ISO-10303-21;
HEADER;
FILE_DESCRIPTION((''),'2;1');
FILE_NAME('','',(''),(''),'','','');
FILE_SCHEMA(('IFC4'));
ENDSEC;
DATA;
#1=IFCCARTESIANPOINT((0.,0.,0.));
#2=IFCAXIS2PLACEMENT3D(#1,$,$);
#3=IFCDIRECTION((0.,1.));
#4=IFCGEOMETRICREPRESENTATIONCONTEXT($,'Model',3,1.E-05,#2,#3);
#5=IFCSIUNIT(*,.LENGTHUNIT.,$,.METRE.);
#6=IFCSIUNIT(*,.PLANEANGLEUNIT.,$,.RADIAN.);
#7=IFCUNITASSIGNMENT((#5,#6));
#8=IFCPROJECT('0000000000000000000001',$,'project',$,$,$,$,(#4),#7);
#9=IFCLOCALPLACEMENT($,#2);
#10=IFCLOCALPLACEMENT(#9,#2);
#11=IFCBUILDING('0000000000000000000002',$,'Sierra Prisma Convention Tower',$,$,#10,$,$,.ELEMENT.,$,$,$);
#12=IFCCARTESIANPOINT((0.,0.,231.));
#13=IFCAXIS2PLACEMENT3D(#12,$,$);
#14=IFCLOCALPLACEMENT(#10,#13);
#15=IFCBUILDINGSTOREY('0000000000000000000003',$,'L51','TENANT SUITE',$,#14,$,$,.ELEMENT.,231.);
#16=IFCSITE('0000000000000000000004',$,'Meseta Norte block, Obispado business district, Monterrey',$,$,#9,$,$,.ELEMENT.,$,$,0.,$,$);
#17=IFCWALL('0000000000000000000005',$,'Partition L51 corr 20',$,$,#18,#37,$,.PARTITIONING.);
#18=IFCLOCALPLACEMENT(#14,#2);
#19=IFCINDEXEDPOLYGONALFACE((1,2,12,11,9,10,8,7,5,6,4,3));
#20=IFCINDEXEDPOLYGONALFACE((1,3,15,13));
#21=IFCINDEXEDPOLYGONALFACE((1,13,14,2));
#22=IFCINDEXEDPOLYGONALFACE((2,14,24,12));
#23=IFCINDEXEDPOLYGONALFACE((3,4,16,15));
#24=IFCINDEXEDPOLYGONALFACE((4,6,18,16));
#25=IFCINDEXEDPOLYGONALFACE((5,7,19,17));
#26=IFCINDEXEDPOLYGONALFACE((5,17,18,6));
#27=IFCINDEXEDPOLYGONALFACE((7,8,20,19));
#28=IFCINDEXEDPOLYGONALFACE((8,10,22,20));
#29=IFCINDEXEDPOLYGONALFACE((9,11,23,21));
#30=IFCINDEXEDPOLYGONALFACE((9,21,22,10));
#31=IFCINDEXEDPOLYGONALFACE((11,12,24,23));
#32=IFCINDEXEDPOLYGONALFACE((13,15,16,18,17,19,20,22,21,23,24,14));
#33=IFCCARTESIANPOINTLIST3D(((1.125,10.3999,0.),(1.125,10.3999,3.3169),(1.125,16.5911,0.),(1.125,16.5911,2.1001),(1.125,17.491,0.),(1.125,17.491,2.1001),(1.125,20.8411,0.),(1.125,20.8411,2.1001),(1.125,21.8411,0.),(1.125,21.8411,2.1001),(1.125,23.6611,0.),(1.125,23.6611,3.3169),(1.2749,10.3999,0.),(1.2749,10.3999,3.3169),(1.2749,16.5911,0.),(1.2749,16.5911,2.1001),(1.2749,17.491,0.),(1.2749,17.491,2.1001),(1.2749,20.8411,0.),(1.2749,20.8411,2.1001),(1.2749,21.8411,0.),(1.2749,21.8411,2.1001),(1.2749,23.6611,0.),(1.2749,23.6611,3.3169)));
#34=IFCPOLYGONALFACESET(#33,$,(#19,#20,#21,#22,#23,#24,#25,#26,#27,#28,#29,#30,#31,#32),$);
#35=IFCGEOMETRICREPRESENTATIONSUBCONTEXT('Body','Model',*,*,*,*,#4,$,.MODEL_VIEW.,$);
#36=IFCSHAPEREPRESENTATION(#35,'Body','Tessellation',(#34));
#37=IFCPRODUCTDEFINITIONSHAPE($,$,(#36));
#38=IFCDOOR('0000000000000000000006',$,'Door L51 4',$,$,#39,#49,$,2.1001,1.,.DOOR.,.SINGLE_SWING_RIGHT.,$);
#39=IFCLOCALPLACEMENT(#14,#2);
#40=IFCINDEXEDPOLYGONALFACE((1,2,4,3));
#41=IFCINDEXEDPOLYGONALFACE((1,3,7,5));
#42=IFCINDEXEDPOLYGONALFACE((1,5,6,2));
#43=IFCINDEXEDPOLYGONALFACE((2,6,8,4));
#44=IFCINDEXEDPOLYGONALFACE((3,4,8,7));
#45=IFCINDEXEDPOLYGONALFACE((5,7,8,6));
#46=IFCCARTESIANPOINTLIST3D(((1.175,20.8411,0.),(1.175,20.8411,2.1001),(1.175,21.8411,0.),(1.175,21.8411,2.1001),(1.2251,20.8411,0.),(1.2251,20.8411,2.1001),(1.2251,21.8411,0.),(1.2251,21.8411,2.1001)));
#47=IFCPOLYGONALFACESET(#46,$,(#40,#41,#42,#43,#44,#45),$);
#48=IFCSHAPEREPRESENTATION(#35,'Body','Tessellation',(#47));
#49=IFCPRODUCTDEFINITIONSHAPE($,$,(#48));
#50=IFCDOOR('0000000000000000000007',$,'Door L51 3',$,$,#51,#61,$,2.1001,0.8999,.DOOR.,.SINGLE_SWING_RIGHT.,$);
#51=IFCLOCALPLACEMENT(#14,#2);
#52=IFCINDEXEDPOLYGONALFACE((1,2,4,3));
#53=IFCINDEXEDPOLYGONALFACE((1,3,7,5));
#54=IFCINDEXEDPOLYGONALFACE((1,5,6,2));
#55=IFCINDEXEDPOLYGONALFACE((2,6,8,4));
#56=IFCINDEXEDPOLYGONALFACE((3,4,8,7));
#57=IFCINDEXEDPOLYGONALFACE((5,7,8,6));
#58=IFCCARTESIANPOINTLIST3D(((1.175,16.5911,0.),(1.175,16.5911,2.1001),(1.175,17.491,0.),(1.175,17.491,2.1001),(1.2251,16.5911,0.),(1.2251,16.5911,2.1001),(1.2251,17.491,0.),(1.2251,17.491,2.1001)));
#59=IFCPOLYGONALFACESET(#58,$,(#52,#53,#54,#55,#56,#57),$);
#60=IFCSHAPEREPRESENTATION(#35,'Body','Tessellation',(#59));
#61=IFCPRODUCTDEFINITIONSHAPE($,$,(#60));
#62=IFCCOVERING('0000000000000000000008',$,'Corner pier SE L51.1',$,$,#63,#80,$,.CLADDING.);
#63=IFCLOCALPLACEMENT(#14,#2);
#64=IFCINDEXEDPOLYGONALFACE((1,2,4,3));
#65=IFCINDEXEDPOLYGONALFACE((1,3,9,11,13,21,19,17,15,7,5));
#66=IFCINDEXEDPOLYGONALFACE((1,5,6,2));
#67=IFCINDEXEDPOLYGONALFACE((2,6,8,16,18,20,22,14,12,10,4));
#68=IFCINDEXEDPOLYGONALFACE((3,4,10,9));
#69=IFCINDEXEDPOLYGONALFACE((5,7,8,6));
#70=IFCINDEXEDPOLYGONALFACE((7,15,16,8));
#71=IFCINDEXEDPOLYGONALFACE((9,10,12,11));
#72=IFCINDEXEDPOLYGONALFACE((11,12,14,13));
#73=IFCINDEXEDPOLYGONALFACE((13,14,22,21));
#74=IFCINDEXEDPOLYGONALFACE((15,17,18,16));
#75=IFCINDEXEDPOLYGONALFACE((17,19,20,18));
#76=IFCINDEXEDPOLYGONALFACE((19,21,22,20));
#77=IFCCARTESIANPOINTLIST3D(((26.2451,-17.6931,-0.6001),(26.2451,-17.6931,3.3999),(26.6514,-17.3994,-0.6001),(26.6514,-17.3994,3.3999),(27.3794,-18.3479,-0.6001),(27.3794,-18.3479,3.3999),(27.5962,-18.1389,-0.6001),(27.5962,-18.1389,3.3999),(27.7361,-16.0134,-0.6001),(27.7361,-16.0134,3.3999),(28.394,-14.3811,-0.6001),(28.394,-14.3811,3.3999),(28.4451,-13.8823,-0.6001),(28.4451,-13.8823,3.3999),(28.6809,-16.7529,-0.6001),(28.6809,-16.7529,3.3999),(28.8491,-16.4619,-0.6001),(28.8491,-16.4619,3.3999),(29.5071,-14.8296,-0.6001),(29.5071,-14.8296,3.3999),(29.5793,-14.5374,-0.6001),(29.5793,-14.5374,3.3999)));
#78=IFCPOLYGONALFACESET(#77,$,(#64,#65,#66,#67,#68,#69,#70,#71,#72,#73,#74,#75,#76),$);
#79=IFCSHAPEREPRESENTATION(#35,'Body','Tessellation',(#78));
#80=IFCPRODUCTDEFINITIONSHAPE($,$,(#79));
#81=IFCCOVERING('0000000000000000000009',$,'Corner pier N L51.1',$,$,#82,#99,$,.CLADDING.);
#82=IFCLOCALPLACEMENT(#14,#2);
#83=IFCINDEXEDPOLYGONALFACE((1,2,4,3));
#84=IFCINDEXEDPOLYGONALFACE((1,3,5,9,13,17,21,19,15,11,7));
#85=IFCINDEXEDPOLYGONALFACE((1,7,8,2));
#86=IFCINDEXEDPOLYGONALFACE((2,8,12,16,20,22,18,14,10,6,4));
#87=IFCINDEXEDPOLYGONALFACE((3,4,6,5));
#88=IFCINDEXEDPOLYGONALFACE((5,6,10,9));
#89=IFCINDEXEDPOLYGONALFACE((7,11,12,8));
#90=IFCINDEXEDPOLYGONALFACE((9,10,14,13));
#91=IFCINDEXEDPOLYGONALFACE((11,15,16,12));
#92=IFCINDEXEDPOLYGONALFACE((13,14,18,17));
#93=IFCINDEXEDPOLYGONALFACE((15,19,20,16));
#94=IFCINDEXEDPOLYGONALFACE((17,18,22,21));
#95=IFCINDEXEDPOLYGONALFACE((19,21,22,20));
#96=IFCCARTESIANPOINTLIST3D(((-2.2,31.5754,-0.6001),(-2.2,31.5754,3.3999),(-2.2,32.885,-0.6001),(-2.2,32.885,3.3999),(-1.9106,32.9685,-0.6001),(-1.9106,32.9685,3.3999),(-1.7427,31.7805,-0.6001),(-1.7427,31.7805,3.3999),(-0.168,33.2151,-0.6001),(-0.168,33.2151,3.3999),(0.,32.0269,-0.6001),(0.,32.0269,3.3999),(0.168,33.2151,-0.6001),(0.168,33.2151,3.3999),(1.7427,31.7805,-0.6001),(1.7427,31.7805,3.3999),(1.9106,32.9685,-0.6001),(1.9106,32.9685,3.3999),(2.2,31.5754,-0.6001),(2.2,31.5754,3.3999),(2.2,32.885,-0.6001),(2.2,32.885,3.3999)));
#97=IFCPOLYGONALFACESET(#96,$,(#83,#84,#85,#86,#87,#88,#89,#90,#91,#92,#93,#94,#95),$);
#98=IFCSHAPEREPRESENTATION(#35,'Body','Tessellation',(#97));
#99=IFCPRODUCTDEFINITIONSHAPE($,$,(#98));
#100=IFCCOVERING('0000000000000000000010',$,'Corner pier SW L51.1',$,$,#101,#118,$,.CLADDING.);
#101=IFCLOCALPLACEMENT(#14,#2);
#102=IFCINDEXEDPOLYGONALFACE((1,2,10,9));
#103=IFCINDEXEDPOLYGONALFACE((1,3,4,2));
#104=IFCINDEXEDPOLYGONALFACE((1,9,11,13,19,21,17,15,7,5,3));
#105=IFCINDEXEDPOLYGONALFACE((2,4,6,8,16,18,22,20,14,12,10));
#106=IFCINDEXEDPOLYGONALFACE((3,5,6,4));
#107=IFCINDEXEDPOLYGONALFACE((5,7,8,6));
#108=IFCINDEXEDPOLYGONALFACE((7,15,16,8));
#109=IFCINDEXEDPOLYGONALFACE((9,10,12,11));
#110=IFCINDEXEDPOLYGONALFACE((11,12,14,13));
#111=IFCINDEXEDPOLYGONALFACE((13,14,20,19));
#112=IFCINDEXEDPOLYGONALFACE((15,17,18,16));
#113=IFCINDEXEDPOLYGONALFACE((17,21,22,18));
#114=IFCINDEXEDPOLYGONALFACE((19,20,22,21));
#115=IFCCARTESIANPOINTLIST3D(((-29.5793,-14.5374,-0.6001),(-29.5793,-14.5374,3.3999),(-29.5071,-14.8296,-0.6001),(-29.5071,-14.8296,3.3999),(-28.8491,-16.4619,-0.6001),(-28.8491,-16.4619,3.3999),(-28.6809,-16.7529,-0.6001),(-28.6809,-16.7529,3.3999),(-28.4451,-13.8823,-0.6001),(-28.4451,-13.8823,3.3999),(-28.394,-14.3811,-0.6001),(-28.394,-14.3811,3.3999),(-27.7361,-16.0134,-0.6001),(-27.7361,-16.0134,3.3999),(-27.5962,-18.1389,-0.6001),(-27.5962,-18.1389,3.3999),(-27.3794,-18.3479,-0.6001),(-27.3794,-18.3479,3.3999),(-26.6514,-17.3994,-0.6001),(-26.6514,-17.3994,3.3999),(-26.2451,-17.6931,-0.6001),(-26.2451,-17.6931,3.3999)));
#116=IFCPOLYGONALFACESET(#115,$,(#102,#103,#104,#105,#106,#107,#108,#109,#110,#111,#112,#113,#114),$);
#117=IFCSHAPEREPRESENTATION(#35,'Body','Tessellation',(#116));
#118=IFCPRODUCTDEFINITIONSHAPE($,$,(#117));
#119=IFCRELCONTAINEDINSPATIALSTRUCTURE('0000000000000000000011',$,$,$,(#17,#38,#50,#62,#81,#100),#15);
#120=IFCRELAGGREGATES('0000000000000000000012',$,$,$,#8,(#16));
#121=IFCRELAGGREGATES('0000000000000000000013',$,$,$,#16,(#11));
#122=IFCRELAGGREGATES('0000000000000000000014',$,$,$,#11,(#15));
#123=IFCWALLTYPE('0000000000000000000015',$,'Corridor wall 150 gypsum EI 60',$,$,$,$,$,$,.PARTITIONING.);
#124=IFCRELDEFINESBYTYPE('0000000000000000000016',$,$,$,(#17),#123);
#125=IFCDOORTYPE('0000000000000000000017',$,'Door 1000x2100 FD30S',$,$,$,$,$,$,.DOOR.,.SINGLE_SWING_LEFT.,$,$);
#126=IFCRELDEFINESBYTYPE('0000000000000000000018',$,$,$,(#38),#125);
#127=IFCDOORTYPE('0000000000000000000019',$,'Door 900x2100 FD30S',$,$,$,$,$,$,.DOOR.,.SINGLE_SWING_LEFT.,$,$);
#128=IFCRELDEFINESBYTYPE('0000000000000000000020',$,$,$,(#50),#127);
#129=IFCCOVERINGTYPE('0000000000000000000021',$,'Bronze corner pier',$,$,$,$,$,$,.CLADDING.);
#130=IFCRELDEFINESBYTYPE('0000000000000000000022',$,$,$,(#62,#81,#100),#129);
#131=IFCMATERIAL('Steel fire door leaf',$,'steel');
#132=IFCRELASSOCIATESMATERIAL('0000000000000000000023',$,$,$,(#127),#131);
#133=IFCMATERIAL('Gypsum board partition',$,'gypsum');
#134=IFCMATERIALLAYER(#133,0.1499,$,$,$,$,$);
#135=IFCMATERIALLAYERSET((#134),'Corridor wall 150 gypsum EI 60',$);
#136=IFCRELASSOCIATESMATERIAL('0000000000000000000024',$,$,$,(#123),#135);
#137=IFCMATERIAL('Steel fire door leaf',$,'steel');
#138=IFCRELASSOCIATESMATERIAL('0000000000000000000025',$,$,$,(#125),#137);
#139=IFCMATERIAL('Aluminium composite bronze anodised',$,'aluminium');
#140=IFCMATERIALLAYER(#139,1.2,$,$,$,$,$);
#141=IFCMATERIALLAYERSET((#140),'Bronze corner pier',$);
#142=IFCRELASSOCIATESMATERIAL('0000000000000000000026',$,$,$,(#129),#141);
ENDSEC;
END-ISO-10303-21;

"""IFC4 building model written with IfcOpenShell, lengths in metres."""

from ifc_helpers import new_model, si_unit, direction, frame, frame_2d, origin, place, context, subcontext, project, spatial, polyline, rectangle, outline, extrude, material, layer, layer_set, type_object, element, fill, save


model = new_model("IFC4")

# Units and contexts
model_context = context("Model", 3, precision=1e-05, world=origin(), true_north=direction((0.0, 1.0)))
body_context = subcontext(model_context, "Body", "Model", "MODEL_VIEW")
ifc_project = project(units=[si_unit("LENGTHUNIT", "METRE"), si_unit("PLANEANGLEUNIT", "RADIAN")], contexts=[model_context])

# Site, building, storey
site_placement = place(None, origin())
site = spatial("IfcSite", under=ifc_project, at=site_placement, Name="Meseta Norte block, Obispado business district, Monterrey", CompositionType="ELEMENT", RefElevation=0.0)
building_placement = place(site_placement, origin())
building = spatial("IfcBuilding", under=site, at=building_placement, Name="Sierra Prisma Convention Tower", CompositionType="ELEMENT")
storey_placement = place(building_placement, frame((0.0, 0.0, 231.0)))
storey = spatial("IfcBuildingStorey", under=building, at=storey_placement, Name="L51", Description="TENANT SUITE", CompositionType="ELEMENT", Elevation=231.0)

# Shared definitions
ifc_material_1 = material(Name="Steel fire door leaf", Category="steel")
door_type_1 = type_object("IfcDoorType", Name="Door 900x2100 FD30S", OperationType="SINGLE_SWING_LEFT", PredefinedType="DOOR", material=ifc_material_1)

# Wall, openings, doors
ifc_material_2 = material(Name="Gypsum board partition", Category="gypsum")
ifc_layer_1 = layer(ifc_material_2, 0.1499)
ifc_layer_set_1 = layer_set([ifc_layer_1], Name="Corridor wall 150 gypsum EI 60")
wall_type_1 = type_object("IfcWallType", Name="Corridor wall 150 gypsum EI 60", PredefinedType="PARTITIONING", material=ifc_layer_set_1)
wall_1_placement = place(storey_placement, frame((1.2, 10.3999, 0.0), z_axis=(0.0, 0.0, 1.0), x_axis=(0.0, 1.0, 0.0)))
wall_1 = element("IfcWall", 1, at=wall_1_placement, inside=storey, type_object=wall_type_1, Name="Partition L51 corr 20", PredefinedType="PARTITIONING", context=body_context, shape_type="SweptSolid", body=[
    extrude(rectangle(XDim=13.2612, YDim=0.1499, at=frame_2d((6.6306, 0.0))), origin(), (0.0, 0.0, 1.0), 3.3169),
])
opening_1_placement = place(wall_1_placement, frame((6.1912, 0.0, 0.0)))
opening_1 = element("IfcOpeningElement", 2, at=opening_1_placement, cuts=wall_1, PredefinedType="OPENING", context=body_context, shape_type="SweptSolid", body=[
    extrude(rectangle(XDim=0.8999, YDim=2.1001, at=frame_2d((0.45, 1.05))), frame((0.0, 0.075, 0.0), z_axis=(0.0, -1.0, 0.0), x_axis=(1.0, 0.0, 0.0)), (0.0, 0.0, 1.0), 0.1499),
])
opening_2_placement = place(wall_1_placement, frame((10.4412, 0.0, 0.0)))
opening_2 = element("IfcOpeningElement", 3, at=opening_2_placement, cuts=wall_1, PredefinedType="OPENING", context=body_context, shape_type="SweptSolid", body=[
    extrude(rectangle(XDim=1.0, YDim=2.1001, at=frame_2d((0.5, 1.05))), frame((0.0, 0.075, 0.0), z_axis=(0.0, -1.0, 0.0), x_axis=(1.0, 0.0, 0.0)), (0.0, 0.0, 1.0), 0.1499),
])
ifc_material_3 = material(Name="Steel fire door leaf", Category="steel")
door_type_2 = type_object("IfcDoorType", Name="Door 1000x2100 FD30S", OperationType="SINGLE_SWING_LEFT", PredefinedType="DOOR", material=ifc_material_3)
door_1_placement = place(opening_2_placement, origin())
door_1 = element("IfcDoor", 4, at=door_1_placement, inside=storey, type_object=door_type_2, Name="Door L51 4", OperationType="SINGLE_SWING_RIGHT", OverallHeight=2.1001, OverallWidth=1.0, PredefinedType="DOOR", context=body_context, shape_type="SweptSolid", body=[
    extrude(rectangle(XDim=1.0, YDim=2.1001, at=frame_2d((0.5, 1.05))), frame((0.0, 0.0249, 0.0), z_axis=(0.0, -1.0, 0.0), x_axis=(1.0, 0.0, 0.0)), (0.0, 0.0, 1.0), 0.05),
])
fill(opening_2, door_1)
door_2_placement = place(opening_1_placement, origin())
door_2 = element("IfcDoor", 5, at=door_2_placement, inside=storey, type_object=door_type_1, Name="Door L51 3", OperationType="SINGLE_SWING_RIGHT", OverallHeight=2.1001, OverallWidth=0.8999, PredefinedType="DOOR", context=body_context, shape_type="SweptSolid", body=[
    extrude(rectangle(XDim=0.8999, YDim=2.1001, at=frame_2d((0.45, 1.05))), frame((0.0, 0.0249, 0.0), z_axis=(0.0, -1.0, 0.0), x_axis=(1.0, 0.0, 0.0)), (0.0, 0.0, 1.0), 0.05),
])
fill(opening_1, door_2)

# Coverings
ifc_material_4 = material(Name="Aluminium composite bronze anodised", Category="aluminium")
ifc_layer_2 = layer(ifc_material_4, 1.2)
ifc_layer_set_2 = layer_set([ifc_layer_2], Name="Bronze corner pier")
covering_type = type_object("IfcCoveringType", Name="Bronze corner pier", PredefinedType="CLADDING", material=ifc_layer_set_2)
covering_1_placement = place(storey_placement, frame((0.0, 0.0, -0.6001)))
element("IfcCovering", 6, at=covering_1_placement, inside=storey, type_object=covering_type, Name="Corner pier SE L51.1", PredefinedType="CLADDING", context=body_context, shape_type="SweptSolid", body=[
    extrude(outline(polyline([(29.5071, -14.8296), (28.8491, -16.4619), (28.6809, -16.7529), (27.5962, -18.1389), (27.3794, -18.3479), (26.2451, -17.6931), (26.6514, -17.3994), (27.7361, -16.0134), (28.394, -14.3811), (28.4451, -13.8823), (29.5793, -14.5374), (29.5071, -14.8296)])), origin(), (0.0, 0.0, 1.0), 4.0),
])
covering_2_placement = place(storey_placement, frame((0.0, 0.0, -0.6001)))
element("IfcCovering", 7, at=covering_2_placement, inside=storey, type_object=covering_type, Name="Corner pier N L51.1", PredefinedType="CLADDING", context=body_context, shape_type="SweptSolid", body=[
    extrude(outline(polyline([(-1.9106, 32.9685), (-0.168, 33.2151), (0.168, 33.2151), (1.9106, 32.9685), (2.2, 32.885), (2.2, 31.5754), (1.7427, 31.7805), (0.0, 32.0269), (-1.7427, 31.7805), (-2.2, 31.5754), (-2.2, 32.885), (-1.9106, 32.9685)])), origin(), (0.0, 0.0, 1.0), 4.0),
])
covering_3_placement = place(storey_placement, frame((0.0, 0.0, -0.6001)))
element("IfcCovering", 8, at=covering_3_placement, inside=storey, type_object=covering_type, Name="Corner pier SW L51.1", PredefinedType="CLADDING", context=body_context, shape_type="SweptSolid", body=[
    extrude(outline(polyline([(-27.5962, -18.1389), (-28.6809, -16.7529), (-28.8491, -16.4619), (-29.5071, -14.8296), (-29.5793, -14.5374), (-28.4451, -13.8823), (-28.394, -14.3811), (-27.7361, -16.0134), (-26.6514, -17.3994), (-26.2451, -17.6931), (-27.3794, -18.3479), (-27.5962, -18.1389)])), origin(), (0.0, 0.0, 1.0), 4.0),
])

save(model, "model.ifc")
